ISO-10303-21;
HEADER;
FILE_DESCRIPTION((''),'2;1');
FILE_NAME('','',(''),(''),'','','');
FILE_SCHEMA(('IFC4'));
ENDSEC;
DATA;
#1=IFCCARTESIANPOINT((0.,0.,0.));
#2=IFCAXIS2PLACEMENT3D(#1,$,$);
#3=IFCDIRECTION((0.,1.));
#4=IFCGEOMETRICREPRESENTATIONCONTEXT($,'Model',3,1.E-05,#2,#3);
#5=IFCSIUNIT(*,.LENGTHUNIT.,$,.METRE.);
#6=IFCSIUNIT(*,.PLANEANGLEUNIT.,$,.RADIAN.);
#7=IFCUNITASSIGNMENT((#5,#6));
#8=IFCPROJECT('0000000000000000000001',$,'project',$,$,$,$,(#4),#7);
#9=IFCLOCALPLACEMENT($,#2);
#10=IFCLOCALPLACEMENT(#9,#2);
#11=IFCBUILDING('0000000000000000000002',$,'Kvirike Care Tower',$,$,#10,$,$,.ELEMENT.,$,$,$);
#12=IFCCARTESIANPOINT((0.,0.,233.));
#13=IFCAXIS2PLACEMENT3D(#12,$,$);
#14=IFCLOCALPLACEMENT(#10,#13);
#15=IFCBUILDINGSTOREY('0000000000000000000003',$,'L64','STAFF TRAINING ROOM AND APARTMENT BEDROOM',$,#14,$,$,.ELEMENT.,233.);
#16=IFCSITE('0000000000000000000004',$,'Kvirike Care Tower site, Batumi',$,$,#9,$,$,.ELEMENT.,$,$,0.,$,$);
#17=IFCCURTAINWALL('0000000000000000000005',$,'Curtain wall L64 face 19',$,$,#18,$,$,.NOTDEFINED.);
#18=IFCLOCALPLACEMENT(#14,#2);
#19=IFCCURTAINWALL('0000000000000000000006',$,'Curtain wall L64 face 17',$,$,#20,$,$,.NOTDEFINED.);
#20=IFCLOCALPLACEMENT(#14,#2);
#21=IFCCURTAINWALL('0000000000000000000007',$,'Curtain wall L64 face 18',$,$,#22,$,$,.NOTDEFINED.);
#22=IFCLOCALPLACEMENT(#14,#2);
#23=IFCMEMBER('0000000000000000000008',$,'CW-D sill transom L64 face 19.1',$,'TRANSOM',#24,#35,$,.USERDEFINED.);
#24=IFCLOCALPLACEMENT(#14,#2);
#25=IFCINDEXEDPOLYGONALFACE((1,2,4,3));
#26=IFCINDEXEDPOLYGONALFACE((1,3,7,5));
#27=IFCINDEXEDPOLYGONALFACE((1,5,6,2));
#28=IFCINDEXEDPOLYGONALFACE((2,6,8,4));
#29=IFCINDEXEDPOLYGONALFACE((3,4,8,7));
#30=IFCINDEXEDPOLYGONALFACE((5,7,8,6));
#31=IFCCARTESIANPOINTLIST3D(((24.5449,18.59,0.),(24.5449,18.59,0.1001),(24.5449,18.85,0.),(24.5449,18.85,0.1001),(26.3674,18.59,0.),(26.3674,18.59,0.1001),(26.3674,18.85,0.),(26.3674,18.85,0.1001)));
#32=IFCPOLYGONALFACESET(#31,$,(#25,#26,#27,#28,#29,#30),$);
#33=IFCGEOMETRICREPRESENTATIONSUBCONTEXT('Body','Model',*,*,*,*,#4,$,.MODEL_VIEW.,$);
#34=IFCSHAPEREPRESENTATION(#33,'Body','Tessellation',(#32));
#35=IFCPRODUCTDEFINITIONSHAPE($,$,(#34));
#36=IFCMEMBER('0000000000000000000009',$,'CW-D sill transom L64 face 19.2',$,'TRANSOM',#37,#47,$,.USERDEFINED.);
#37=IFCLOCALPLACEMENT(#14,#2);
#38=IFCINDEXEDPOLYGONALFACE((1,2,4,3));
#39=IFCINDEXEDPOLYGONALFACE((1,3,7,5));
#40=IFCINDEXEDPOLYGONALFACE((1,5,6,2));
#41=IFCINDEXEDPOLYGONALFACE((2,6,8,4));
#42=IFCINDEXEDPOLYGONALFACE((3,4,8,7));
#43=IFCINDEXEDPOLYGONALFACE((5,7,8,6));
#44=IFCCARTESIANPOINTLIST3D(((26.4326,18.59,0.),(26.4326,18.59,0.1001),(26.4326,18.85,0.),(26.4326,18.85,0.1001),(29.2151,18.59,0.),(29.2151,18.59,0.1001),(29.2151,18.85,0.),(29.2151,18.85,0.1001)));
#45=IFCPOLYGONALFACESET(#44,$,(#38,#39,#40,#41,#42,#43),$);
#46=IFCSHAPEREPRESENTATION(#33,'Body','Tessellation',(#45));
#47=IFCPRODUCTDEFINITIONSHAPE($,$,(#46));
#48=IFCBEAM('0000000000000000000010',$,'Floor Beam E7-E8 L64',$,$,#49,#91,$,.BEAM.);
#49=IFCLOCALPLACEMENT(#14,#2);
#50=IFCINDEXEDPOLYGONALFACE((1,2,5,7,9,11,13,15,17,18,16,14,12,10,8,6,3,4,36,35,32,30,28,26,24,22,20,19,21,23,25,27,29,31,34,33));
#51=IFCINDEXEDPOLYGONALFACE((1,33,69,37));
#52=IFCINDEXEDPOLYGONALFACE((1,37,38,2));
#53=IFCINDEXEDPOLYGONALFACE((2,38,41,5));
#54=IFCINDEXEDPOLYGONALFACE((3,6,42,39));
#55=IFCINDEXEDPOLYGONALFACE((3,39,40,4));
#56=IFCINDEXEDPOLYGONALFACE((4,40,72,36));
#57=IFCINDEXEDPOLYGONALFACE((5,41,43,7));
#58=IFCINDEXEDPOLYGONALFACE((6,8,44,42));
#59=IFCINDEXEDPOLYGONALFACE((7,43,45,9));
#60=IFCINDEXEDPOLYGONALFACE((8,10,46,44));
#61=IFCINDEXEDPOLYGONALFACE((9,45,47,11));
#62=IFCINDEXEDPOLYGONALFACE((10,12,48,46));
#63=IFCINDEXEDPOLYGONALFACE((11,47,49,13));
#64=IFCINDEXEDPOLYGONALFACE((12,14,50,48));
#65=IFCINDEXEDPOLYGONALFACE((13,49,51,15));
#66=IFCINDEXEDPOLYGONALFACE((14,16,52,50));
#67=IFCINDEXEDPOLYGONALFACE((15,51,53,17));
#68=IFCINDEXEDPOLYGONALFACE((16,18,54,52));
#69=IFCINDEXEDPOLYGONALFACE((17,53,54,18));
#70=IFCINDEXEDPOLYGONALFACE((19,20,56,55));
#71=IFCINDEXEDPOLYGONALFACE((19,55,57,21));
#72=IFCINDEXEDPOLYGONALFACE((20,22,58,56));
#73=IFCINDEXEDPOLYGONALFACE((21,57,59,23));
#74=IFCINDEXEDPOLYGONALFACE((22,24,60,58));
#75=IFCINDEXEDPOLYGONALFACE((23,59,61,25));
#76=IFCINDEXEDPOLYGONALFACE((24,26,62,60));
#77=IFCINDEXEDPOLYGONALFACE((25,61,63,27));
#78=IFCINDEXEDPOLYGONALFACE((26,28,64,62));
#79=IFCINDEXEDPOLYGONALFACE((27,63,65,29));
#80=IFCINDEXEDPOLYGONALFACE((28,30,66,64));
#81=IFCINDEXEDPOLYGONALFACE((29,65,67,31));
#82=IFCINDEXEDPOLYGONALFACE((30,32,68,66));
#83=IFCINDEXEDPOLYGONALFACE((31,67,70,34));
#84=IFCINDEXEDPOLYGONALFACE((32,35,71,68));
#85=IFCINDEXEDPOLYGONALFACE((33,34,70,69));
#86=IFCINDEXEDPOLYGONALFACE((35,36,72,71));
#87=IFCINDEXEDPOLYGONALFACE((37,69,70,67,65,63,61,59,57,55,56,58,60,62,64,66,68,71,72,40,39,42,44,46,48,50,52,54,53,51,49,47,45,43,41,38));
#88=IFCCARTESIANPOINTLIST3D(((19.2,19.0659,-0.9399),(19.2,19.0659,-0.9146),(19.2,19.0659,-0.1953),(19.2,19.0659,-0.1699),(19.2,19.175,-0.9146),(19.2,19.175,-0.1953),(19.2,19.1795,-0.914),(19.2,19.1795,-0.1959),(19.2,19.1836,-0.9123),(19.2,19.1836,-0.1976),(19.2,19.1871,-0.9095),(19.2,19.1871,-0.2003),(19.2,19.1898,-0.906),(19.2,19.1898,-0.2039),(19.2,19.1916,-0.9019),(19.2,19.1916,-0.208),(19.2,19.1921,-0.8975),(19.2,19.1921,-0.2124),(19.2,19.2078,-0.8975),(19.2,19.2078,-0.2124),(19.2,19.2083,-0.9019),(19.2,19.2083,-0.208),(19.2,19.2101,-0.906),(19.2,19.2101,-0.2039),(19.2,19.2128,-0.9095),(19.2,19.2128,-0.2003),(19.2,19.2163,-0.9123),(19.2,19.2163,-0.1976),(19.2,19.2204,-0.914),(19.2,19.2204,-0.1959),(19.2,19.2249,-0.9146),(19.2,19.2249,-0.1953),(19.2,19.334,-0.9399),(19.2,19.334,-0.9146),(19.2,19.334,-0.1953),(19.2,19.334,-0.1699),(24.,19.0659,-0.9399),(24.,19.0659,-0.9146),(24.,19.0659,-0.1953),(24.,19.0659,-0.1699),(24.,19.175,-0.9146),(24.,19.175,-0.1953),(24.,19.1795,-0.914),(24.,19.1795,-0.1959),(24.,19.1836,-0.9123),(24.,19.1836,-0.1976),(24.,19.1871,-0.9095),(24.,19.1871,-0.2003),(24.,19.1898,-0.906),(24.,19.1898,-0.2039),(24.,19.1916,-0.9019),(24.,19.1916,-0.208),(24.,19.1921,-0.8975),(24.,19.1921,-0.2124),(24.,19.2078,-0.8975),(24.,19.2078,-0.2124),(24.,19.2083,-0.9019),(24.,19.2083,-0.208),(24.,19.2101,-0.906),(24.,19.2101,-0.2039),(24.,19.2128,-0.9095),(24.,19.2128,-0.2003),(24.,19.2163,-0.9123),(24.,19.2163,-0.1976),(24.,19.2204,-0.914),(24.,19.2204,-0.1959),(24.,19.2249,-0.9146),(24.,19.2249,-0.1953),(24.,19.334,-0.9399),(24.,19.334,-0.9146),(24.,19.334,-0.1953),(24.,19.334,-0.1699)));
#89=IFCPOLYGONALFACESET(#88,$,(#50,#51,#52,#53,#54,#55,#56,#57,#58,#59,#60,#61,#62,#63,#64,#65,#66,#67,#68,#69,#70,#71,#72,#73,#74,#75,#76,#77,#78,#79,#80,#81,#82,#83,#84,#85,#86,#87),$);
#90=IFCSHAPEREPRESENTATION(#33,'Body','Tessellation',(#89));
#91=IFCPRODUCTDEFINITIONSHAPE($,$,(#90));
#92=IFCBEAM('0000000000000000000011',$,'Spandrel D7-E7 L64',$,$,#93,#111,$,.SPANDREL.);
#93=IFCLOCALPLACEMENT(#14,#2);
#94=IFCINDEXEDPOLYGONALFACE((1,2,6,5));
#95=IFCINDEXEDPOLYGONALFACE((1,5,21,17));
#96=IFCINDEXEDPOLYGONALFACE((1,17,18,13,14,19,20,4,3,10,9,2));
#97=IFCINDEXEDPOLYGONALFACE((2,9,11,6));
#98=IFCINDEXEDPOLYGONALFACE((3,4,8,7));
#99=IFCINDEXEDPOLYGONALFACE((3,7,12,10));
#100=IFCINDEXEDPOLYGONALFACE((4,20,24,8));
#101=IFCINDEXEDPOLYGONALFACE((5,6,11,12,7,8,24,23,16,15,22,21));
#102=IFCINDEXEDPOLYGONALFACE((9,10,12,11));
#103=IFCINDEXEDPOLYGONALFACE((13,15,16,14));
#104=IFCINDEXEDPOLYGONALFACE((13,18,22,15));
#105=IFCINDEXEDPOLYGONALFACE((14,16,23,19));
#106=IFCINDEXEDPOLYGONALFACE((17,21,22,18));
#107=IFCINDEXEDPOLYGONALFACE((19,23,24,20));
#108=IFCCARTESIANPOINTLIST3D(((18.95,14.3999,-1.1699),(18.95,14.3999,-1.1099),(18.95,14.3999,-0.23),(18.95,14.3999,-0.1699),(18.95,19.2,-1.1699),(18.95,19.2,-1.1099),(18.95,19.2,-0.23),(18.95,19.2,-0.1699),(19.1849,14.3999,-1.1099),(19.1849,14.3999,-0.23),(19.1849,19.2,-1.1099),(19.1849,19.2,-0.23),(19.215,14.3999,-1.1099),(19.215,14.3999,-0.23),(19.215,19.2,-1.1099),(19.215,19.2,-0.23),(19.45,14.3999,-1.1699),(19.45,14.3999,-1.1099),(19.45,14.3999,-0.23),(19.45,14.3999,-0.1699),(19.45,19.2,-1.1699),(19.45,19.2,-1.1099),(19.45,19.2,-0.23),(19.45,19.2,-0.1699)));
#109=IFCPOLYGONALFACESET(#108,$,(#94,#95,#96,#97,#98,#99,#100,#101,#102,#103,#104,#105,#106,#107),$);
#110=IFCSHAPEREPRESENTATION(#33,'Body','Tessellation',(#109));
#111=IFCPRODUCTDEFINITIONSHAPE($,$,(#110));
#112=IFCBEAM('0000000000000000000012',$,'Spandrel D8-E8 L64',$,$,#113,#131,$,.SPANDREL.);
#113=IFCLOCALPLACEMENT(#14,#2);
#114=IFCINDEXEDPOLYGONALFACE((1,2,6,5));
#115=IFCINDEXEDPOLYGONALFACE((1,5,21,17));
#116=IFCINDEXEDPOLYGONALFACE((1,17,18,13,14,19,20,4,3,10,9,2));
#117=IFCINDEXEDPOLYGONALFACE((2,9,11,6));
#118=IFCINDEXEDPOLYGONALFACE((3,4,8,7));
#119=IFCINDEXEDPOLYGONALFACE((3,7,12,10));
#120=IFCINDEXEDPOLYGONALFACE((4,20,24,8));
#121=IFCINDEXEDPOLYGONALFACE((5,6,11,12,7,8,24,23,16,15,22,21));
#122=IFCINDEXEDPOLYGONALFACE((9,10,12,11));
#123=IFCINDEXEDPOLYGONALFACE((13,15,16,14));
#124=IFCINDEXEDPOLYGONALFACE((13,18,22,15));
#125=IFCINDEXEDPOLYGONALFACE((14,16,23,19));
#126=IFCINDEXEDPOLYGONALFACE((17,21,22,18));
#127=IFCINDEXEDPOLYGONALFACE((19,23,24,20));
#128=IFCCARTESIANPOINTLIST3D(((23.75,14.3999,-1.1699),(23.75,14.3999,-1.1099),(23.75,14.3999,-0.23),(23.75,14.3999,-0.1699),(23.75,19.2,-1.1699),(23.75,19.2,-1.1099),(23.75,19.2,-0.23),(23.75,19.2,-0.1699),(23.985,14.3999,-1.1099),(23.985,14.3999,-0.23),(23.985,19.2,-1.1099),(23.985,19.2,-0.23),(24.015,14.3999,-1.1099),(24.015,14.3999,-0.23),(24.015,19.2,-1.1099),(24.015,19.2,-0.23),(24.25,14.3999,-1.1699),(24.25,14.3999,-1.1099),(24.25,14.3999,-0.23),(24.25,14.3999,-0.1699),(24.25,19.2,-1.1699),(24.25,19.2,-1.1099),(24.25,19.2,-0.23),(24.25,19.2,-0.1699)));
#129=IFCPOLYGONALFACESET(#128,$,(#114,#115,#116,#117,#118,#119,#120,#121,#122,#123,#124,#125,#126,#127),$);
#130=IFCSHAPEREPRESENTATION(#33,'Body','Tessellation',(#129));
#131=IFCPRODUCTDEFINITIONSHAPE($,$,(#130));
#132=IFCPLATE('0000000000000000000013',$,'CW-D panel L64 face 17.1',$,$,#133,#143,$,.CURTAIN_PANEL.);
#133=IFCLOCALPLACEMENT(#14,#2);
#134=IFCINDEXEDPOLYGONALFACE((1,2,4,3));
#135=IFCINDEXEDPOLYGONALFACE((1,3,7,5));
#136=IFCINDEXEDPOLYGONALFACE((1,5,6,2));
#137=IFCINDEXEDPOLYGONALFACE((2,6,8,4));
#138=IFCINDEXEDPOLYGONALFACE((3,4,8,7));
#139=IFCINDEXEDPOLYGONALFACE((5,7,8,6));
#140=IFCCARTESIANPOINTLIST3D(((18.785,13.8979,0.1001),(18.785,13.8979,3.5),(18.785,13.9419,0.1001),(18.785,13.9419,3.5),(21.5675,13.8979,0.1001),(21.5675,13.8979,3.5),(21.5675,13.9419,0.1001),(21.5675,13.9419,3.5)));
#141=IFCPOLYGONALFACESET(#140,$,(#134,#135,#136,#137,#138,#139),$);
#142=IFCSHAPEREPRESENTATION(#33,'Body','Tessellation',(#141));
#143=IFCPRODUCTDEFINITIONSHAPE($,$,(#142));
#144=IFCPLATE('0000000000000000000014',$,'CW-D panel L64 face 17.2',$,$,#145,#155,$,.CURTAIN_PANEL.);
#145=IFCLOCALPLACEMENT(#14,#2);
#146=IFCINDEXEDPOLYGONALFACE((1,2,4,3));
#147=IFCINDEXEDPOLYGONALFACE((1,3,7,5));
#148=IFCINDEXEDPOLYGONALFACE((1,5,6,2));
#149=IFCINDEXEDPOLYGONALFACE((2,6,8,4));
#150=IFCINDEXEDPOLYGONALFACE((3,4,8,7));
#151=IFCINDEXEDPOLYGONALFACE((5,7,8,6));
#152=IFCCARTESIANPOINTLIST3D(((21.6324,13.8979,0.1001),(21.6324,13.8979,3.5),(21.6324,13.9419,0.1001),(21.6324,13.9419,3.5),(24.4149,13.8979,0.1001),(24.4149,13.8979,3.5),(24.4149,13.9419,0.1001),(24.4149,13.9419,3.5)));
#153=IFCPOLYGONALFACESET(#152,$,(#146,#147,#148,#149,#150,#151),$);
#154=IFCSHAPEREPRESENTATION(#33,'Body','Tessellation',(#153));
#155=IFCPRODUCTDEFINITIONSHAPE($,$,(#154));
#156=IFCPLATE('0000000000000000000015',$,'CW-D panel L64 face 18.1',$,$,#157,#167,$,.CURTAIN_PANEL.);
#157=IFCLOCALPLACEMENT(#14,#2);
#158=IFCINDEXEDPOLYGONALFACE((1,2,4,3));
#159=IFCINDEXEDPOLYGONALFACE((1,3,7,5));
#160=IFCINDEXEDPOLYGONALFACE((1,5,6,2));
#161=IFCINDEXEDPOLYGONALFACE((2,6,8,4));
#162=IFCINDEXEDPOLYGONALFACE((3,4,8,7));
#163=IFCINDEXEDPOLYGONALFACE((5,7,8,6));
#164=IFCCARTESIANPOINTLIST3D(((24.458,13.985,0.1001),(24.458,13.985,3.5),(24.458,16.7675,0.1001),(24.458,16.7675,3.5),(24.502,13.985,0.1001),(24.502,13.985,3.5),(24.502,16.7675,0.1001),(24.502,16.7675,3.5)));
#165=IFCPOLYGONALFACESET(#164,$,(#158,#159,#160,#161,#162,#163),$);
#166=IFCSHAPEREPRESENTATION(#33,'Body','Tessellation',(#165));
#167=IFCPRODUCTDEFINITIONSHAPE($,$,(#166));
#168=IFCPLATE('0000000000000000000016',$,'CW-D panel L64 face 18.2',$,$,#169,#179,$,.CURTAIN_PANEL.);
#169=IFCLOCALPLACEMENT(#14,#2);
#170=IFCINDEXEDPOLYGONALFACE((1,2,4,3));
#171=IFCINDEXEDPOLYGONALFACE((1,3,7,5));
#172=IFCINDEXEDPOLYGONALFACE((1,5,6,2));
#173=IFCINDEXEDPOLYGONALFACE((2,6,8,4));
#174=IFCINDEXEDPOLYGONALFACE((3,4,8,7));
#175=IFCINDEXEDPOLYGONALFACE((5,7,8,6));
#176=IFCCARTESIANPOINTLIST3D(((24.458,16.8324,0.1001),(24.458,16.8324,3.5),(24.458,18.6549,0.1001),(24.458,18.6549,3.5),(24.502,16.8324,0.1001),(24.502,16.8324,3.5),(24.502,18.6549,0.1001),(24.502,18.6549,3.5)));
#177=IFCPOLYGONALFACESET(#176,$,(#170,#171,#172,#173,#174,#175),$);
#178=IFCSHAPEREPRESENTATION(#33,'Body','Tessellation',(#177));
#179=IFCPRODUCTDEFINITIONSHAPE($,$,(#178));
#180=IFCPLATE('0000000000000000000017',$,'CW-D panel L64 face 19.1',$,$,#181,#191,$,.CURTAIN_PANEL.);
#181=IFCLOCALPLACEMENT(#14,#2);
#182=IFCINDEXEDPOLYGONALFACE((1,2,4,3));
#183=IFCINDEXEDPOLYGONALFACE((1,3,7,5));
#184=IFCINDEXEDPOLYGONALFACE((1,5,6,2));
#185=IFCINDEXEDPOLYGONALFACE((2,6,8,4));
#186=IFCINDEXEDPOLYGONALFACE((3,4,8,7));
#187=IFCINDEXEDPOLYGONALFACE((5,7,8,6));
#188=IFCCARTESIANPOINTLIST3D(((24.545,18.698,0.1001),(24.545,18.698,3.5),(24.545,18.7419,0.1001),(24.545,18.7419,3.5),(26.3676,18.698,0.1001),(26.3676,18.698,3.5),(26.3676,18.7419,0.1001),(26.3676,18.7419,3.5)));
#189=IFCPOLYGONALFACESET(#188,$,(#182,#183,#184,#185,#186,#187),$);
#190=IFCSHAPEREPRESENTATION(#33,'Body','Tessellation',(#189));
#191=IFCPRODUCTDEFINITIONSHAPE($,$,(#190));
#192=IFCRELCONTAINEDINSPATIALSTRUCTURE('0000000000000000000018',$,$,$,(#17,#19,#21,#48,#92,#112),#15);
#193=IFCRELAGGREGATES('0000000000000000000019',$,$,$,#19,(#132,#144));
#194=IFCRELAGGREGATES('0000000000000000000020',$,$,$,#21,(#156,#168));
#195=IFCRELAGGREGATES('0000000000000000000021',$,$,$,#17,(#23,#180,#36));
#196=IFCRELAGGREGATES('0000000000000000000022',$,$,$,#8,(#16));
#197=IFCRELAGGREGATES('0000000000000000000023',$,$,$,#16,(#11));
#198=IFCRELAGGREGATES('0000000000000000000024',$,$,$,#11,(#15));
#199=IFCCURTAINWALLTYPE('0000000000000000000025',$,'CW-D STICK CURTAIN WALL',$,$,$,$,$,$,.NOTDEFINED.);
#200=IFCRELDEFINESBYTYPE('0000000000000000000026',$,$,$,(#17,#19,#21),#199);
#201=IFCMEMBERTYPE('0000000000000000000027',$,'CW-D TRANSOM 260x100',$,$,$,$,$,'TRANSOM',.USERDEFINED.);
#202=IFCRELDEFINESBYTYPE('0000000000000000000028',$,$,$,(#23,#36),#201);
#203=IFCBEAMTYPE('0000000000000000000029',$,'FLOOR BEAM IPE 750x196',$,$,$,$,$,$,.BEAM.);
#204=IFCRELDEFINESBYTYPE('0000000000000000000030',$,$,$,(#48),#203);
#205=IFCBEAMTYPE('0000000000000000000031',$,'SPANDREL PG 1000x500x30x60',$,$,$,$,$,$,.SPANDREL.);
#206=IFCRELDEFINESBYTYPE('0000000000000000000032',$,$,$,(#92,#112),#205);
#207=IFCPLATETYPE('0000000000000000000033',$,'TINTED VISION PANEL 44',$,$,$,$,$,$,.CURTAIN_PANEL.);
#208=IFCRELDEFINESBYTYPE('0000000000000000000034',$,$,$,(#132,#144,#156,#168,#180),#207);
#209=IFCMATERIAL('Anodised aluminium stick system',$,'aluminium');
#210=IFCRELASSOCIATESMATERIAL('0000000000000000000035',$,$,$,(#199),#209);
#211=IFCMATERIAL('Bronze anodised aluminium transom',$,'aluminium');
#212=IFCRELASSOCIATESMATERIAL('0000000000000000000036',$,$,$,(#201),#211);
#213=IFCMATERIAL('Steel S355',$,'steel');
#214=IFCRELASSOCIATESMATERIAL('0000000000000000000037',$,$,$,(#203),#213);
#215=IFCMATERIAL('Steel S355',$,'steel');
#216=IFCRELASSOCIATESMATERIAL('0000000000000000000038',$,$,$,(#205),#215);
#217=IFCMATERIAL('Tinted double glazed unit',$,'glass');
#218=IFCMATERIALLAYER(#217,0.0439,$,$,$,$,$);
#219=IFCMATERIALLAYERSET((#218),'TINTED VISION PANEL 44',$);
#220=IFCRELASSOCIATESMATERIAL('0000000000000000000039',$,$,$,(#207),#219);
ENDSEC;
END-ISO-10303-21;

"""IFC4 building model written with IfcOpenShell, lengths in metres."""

from ifc_helpers import new_model, si_unit, direction, frame, origin, origin_2d, place, context, subcontext, project, spatial, rectangle, i_section, extrude, material, layer, layer_set, material_profile, profile_set, type_object, element, aggregate, save


model = new_model("IFC4")

# Units and contexts
model_context = context("Model", 3, precision=1e-05, world=origin(), true_north=direction((0.0, 1.0)))
body_context = subcontext(model_context, "Body", "Model", "MODEL_VIEW")
ifc_project = project(units=[si_unit("LENGTHUNIT", "METRE"), si_unit("PLANEANGLEUNIT", "RADIAN")], contexts=[model_context])

# Site, building, storey
site_placement = place(None, origin())
site = spatial("IfcSite", under=ifc_project, at=site_placement, Name="Kvirike Care Tower site, Batumi", CompositionType="ELEMENT", RefElevation=0.0)
building_placement = place(site_placement, origin())
building = spatial("IfcBuilding", under=site, at=building_placement, Name="Kvirike Care Tower", CompositionType="ELEMENT")
storey_placement = place(building_placement, frame((0.0, 0.0, 233.0)))
storey = spatial("IfcBuildingStorey", under=building, at=storey_placement, Name="L64", Description="STAFF TRAINING ROOM AND APARTMENT BEDROOM", CompositionType="ELEMENT", Elevation=233.0)

# Curtain wall
ifc_material_1 = material(Name="Anodised aluminium stick system", Category="aluminium")
curtain_wall_type = type_object("IfcCurtainWallType", Name="CW-D STICK CURTAIN WALL", PredefinedType="NOTDEFINED", material=ifc_material_1)
curtain_wall_1_placement = place(storey_placement, origin())
curtain_wall_1 = element("IfcCurtainWall", 1, at=curtain_wall_1_placement, inside=storey, type_object=curtain_wall_type, Name="Curtain wall L64 face 19", PredefinedType="NOTDEFINED")

# Curtain walls
curtain_wall_2_placement = place(storey_placement, origin())
curtain_wall_2 = element("IfcCurtainWall", 2, at=curtain_wall_2_placement, inside=storey, type_object=curtain_wall_type, Name="Curtain wall L64 face 17", PredefinedType="NOTDEFINED")
curtain_wall_3_placement = place(storey_placement, origin())
curtain_wall_3 = element("IfcCurtainWall", 3, at=curtain_wall_3_placement, inside=storey, type_object=curtain_wall_type, Name="Curtain wall L64 face 18", PredefinedType="NOTDEFINED")

# Members
ifc_material_2 = material(Name="Bronze anodised aluminium transom", Category="aluminium")
ifc_material_profile_1 = material_profile(ifc_material_2, rectangle(XDim=0.26, YDim=0.1001, at=origin_2d()), Name="CW-D TRANSOM 260x100")
ifc_profile_set_1 = profile_set([ifc_material_profile_1], Name="Bronze anodised aluminium transom")
member_type_1 = type_object("IfcMemberType", Name="CW-D TRANSOM 260x100", ElementType="TRANSOM", PredefinedType="USERDEFINED", material=ifc_profile_set_1)
member_1_placement = place(storey_placement, frame((24.5449, 18.72, 0.05), z_axis=(1.0, 0.0, 0.0), x_axis=(0.0, 1.0, 0.0)))
member_1 = element("IfcMember", 4, at=member_1_placement, type_object=member_type_1, Name="CW-D sill transom L64 face 19.1", ObjectType="TRANSOM", PredefinedType="USERDEFINED", context=body_context, shape_type="SweptSolid", body=[
    extrude(rectangle(XDim=0.26, YDim=0.1001, at=origin_2d()), origin(), (0.0, 0.0, 1.0), 1.8225),
])
member_2_placement = place(storey_placement, frame((26.4326, 18.72, 0.05), z_axis=(1.0, 0.0, 0.0), x_axis=(0.0, 1.0, 0.0)))
member_2 = element("IfcMember", 5, at=member_2_placement, type_object=member_type_1, Name="CW-D sill transom L64 face 19.2", ObjectType="TRANSOM", PredefinedType="USERDEFINED", context=body_context, shape_type="SweptSolid", body=[
    extrude(rectangle(XDim=0.26, YDim=0.1001, at=origin_2d()), origin(), (0.0, 0.0, 1.0), 2.7825),
])

# Beams
ifc_material_3 = material(Name="Steel S355", Category="steel")
ifc_material_profile_2 = material_profile(ifc_material_3, i_section(OverallWidth=0.2681, OverallDepth=0.77, WebThickness=0.0156, FlangeThickness=0.0254, FilletRadius=0.0171, at=origin_2d()), Name="IPE 750x196")
ifc_profile_set_2 = profile_set([ifc_material_profile_2], Name="Steel S355")
beam_type_1 = type_object("IfcBeamType", Name="FLOOR BEAM IPE 750x196", PredefinedType="BEAM", material=ifc_profile_set_2)
beam_placement = place(storey_placement, frame((19.2, 19.2, -0.5549), z_axis=(1.0, 0.0, 0.0), x_axis=(0.0, 1.0, 0.0)))
element("IfcBeam", 6, at=beam_placement, inside=storey, type_object=beam_type_1, Name="Floor Beam E7-E8 L64", PredefinedType="BEAM", context=body_context, shape_type="SweptSolid", body=[
    extrude(i_section(OverallWidth=0.2681, OverallDepth=0.77, WebThickness=0.0156, FlangeThickness=0.0254, FilletRadius=0.0171, at=origin_2d()), origin(), (0.0, 0.0, 1.0), 4.8),
])
ifc_material_4 = material(Name="Steel S355", Category="steel")
ifc_material_profile_3 = material_profile(ifc_material_4, i_section(OverallWidth=0.5, OverallDepth=1.0, WebThickness=0.03, FlangeThickness=0.0601, at=origin_2d()), Name="PG 1000x500x30x60")
ifc_profile_set_3 = profile_set([ifc_material_profile_3], Name="Steel S355")
beam_type_2 = type_object("IfcBeamType", Name="SPANDREL PG 1000x500x30x60", PredefinedType="SPANDREL", material=ifc_profile_set_3)
for number, where, z_axis, x_axis, name in (
    (7, (19.2, 14.3999, -0.6699), (0.0, 1.0, 0.0), (-1.0, 0.0, 0.0), "Spandrel D7-E7 L64"),
    (8, (24.0, 14.3999, -0.6699), (0.0, 1.0, 0.0), (-1.0, 0.0, 0.0), "Spandrel D8-E8 L64"),
):
    element("IfcBeam", number, at=place(storey_placement, frame(where, z_axis=z_axis, x_axis=x_axis)), inside=storey, type_object=beam_type_2, Name=name, PredefinedType="SPANDREL", context=body_context, shape_type="SweptSolid", body=[
        extrude(i_section(OverallWidth=0.5, OverallDepth=1.0, WebThickness=0.03, FlangeThickness=0.0601, at=origin_2d()), origin(), (0.0, 0.0, 1.0), 4.8),
    ])

# Plates
ifc_material_5 = material(Name="Tinted double glazed unit", Category="glass")
ifc_layer = layer(ifc_material_5, 0.0439)
ifc_layer_set = layer_set([ifc_layer], Name="TINTED VISION PANEL 44")
plate_type = type_object("IfcPlateType", Name="TINTED VISION PANEL 44", PredefinedType="CURTAIN_PANEL", material=ifc_layer_set)
plate_1_placement = place(storey_placement, frame((20.1763, 13.9199, 0.1001), z_axis=(0.0, 0.0, 1.0), x_axis=(1.0, 0.0, 0.0)))
plate_1 = element("IfcPlate", 9, at=plate_1_placement, type_object=plate_type, Name="CW-D panel L64 face 17.1", PredefinedType="CURTAIN_PANEL", context=body_context, shape_type="SweptSolid", body=[
    extrude(rectangle(XDim=2.7825, YDim=0.0439, at=origin_2d()), origin(), (0.0, 0.0, 1.0), 3.3999),
])
plate_2_placement = place(storey_placement, frame((23.0237, 13.9199, 0.1001), z_axis=(0.0, 0.0, 1.0), x_axis=(1.0, 0.0, 0.0)))
plate_2 = element("IfcPlate", 10, at=plate_2_placement, type_object=plate_type, Name="CW-D panel L64 face 17.2", PredefinedType="CURTAIN_PANEL", context=body_context, shape_type="SweptSolid", body=[
    extrude(rectangle(XDim=2.7825, YDim=0.0439, at=origin_2d()), origin(), (0.0, 0.0, 1.0), 3.3999),
])
aggregate(curtain_wall_2, [plate_1, plate_2])
plate_3_placement = place(storey_placement, frame((24.48, 15.3762, 0.1001), z_axis=(0.0, 0.0, 1.0), x_axis=(0.0, 1.0, 0.0)))
plate_3 = element("IfcPlate", 11, at=plate_3_placement, type_object=plate_type, Name="CW-D panel L64 face 18.1", PredefinedType="CURTAIN_PANEL", context=body_context, shape_type="SweptSolid", body=[
    extrude(rectangle(XDim=2.7825, YDim=0.0439, at=origin_2d()), origin(), (0.0, 0.0, 1.0), 3.3999),
])
plate_4_placement = place(storey_placement, frame((24.48, 17.7437, 0.1001), z_axis=(0.0, 0.0, 1.0), x_axis=(0.0, 1.0, 0.0)))
plate_4 = element("IfcPlate", 12, at=plate_4_placement, type_object=plate_type, Name="CW-D panel L64 face 18.2", PredefinedType="CURTAIN_PANEL", context=body_context, shape_type="SweptSolid", body=[
    extrude(rectangle(XDim=1.8225, YDim=0.0439, at=origin_2d()), origin(), (0.0, 0.0, 1.0), 3.3999),
])
aggregate(curtain_wall_3, [plate_3, plate_4])
plate_5_placement = place(storey_placement, frame((25.4563, 18.72, 0.1001), z_axis=(0.0, 0.0, 1.0), x_axis=(1.0, 0.0, 0.0)))
plate_5 = element("IfcPlate", 13, at=plate_5_placement, type_object=plate_type, Name="CW-D panel L64 face 19.1", PredefinedType="CURTAIN_PANEL", context=body_context, shape_type="SweptSolid", body=[
    extrude(rectangle(XDim=1.8225, YDim=0.0439, at=origin_2d()), origin(), (0.0, 0.0, 1.0), 3.3999),
])
aggregate(curtain_wall_1, [member_1, plate_5, member_2])

save(model, "model.ifc")
